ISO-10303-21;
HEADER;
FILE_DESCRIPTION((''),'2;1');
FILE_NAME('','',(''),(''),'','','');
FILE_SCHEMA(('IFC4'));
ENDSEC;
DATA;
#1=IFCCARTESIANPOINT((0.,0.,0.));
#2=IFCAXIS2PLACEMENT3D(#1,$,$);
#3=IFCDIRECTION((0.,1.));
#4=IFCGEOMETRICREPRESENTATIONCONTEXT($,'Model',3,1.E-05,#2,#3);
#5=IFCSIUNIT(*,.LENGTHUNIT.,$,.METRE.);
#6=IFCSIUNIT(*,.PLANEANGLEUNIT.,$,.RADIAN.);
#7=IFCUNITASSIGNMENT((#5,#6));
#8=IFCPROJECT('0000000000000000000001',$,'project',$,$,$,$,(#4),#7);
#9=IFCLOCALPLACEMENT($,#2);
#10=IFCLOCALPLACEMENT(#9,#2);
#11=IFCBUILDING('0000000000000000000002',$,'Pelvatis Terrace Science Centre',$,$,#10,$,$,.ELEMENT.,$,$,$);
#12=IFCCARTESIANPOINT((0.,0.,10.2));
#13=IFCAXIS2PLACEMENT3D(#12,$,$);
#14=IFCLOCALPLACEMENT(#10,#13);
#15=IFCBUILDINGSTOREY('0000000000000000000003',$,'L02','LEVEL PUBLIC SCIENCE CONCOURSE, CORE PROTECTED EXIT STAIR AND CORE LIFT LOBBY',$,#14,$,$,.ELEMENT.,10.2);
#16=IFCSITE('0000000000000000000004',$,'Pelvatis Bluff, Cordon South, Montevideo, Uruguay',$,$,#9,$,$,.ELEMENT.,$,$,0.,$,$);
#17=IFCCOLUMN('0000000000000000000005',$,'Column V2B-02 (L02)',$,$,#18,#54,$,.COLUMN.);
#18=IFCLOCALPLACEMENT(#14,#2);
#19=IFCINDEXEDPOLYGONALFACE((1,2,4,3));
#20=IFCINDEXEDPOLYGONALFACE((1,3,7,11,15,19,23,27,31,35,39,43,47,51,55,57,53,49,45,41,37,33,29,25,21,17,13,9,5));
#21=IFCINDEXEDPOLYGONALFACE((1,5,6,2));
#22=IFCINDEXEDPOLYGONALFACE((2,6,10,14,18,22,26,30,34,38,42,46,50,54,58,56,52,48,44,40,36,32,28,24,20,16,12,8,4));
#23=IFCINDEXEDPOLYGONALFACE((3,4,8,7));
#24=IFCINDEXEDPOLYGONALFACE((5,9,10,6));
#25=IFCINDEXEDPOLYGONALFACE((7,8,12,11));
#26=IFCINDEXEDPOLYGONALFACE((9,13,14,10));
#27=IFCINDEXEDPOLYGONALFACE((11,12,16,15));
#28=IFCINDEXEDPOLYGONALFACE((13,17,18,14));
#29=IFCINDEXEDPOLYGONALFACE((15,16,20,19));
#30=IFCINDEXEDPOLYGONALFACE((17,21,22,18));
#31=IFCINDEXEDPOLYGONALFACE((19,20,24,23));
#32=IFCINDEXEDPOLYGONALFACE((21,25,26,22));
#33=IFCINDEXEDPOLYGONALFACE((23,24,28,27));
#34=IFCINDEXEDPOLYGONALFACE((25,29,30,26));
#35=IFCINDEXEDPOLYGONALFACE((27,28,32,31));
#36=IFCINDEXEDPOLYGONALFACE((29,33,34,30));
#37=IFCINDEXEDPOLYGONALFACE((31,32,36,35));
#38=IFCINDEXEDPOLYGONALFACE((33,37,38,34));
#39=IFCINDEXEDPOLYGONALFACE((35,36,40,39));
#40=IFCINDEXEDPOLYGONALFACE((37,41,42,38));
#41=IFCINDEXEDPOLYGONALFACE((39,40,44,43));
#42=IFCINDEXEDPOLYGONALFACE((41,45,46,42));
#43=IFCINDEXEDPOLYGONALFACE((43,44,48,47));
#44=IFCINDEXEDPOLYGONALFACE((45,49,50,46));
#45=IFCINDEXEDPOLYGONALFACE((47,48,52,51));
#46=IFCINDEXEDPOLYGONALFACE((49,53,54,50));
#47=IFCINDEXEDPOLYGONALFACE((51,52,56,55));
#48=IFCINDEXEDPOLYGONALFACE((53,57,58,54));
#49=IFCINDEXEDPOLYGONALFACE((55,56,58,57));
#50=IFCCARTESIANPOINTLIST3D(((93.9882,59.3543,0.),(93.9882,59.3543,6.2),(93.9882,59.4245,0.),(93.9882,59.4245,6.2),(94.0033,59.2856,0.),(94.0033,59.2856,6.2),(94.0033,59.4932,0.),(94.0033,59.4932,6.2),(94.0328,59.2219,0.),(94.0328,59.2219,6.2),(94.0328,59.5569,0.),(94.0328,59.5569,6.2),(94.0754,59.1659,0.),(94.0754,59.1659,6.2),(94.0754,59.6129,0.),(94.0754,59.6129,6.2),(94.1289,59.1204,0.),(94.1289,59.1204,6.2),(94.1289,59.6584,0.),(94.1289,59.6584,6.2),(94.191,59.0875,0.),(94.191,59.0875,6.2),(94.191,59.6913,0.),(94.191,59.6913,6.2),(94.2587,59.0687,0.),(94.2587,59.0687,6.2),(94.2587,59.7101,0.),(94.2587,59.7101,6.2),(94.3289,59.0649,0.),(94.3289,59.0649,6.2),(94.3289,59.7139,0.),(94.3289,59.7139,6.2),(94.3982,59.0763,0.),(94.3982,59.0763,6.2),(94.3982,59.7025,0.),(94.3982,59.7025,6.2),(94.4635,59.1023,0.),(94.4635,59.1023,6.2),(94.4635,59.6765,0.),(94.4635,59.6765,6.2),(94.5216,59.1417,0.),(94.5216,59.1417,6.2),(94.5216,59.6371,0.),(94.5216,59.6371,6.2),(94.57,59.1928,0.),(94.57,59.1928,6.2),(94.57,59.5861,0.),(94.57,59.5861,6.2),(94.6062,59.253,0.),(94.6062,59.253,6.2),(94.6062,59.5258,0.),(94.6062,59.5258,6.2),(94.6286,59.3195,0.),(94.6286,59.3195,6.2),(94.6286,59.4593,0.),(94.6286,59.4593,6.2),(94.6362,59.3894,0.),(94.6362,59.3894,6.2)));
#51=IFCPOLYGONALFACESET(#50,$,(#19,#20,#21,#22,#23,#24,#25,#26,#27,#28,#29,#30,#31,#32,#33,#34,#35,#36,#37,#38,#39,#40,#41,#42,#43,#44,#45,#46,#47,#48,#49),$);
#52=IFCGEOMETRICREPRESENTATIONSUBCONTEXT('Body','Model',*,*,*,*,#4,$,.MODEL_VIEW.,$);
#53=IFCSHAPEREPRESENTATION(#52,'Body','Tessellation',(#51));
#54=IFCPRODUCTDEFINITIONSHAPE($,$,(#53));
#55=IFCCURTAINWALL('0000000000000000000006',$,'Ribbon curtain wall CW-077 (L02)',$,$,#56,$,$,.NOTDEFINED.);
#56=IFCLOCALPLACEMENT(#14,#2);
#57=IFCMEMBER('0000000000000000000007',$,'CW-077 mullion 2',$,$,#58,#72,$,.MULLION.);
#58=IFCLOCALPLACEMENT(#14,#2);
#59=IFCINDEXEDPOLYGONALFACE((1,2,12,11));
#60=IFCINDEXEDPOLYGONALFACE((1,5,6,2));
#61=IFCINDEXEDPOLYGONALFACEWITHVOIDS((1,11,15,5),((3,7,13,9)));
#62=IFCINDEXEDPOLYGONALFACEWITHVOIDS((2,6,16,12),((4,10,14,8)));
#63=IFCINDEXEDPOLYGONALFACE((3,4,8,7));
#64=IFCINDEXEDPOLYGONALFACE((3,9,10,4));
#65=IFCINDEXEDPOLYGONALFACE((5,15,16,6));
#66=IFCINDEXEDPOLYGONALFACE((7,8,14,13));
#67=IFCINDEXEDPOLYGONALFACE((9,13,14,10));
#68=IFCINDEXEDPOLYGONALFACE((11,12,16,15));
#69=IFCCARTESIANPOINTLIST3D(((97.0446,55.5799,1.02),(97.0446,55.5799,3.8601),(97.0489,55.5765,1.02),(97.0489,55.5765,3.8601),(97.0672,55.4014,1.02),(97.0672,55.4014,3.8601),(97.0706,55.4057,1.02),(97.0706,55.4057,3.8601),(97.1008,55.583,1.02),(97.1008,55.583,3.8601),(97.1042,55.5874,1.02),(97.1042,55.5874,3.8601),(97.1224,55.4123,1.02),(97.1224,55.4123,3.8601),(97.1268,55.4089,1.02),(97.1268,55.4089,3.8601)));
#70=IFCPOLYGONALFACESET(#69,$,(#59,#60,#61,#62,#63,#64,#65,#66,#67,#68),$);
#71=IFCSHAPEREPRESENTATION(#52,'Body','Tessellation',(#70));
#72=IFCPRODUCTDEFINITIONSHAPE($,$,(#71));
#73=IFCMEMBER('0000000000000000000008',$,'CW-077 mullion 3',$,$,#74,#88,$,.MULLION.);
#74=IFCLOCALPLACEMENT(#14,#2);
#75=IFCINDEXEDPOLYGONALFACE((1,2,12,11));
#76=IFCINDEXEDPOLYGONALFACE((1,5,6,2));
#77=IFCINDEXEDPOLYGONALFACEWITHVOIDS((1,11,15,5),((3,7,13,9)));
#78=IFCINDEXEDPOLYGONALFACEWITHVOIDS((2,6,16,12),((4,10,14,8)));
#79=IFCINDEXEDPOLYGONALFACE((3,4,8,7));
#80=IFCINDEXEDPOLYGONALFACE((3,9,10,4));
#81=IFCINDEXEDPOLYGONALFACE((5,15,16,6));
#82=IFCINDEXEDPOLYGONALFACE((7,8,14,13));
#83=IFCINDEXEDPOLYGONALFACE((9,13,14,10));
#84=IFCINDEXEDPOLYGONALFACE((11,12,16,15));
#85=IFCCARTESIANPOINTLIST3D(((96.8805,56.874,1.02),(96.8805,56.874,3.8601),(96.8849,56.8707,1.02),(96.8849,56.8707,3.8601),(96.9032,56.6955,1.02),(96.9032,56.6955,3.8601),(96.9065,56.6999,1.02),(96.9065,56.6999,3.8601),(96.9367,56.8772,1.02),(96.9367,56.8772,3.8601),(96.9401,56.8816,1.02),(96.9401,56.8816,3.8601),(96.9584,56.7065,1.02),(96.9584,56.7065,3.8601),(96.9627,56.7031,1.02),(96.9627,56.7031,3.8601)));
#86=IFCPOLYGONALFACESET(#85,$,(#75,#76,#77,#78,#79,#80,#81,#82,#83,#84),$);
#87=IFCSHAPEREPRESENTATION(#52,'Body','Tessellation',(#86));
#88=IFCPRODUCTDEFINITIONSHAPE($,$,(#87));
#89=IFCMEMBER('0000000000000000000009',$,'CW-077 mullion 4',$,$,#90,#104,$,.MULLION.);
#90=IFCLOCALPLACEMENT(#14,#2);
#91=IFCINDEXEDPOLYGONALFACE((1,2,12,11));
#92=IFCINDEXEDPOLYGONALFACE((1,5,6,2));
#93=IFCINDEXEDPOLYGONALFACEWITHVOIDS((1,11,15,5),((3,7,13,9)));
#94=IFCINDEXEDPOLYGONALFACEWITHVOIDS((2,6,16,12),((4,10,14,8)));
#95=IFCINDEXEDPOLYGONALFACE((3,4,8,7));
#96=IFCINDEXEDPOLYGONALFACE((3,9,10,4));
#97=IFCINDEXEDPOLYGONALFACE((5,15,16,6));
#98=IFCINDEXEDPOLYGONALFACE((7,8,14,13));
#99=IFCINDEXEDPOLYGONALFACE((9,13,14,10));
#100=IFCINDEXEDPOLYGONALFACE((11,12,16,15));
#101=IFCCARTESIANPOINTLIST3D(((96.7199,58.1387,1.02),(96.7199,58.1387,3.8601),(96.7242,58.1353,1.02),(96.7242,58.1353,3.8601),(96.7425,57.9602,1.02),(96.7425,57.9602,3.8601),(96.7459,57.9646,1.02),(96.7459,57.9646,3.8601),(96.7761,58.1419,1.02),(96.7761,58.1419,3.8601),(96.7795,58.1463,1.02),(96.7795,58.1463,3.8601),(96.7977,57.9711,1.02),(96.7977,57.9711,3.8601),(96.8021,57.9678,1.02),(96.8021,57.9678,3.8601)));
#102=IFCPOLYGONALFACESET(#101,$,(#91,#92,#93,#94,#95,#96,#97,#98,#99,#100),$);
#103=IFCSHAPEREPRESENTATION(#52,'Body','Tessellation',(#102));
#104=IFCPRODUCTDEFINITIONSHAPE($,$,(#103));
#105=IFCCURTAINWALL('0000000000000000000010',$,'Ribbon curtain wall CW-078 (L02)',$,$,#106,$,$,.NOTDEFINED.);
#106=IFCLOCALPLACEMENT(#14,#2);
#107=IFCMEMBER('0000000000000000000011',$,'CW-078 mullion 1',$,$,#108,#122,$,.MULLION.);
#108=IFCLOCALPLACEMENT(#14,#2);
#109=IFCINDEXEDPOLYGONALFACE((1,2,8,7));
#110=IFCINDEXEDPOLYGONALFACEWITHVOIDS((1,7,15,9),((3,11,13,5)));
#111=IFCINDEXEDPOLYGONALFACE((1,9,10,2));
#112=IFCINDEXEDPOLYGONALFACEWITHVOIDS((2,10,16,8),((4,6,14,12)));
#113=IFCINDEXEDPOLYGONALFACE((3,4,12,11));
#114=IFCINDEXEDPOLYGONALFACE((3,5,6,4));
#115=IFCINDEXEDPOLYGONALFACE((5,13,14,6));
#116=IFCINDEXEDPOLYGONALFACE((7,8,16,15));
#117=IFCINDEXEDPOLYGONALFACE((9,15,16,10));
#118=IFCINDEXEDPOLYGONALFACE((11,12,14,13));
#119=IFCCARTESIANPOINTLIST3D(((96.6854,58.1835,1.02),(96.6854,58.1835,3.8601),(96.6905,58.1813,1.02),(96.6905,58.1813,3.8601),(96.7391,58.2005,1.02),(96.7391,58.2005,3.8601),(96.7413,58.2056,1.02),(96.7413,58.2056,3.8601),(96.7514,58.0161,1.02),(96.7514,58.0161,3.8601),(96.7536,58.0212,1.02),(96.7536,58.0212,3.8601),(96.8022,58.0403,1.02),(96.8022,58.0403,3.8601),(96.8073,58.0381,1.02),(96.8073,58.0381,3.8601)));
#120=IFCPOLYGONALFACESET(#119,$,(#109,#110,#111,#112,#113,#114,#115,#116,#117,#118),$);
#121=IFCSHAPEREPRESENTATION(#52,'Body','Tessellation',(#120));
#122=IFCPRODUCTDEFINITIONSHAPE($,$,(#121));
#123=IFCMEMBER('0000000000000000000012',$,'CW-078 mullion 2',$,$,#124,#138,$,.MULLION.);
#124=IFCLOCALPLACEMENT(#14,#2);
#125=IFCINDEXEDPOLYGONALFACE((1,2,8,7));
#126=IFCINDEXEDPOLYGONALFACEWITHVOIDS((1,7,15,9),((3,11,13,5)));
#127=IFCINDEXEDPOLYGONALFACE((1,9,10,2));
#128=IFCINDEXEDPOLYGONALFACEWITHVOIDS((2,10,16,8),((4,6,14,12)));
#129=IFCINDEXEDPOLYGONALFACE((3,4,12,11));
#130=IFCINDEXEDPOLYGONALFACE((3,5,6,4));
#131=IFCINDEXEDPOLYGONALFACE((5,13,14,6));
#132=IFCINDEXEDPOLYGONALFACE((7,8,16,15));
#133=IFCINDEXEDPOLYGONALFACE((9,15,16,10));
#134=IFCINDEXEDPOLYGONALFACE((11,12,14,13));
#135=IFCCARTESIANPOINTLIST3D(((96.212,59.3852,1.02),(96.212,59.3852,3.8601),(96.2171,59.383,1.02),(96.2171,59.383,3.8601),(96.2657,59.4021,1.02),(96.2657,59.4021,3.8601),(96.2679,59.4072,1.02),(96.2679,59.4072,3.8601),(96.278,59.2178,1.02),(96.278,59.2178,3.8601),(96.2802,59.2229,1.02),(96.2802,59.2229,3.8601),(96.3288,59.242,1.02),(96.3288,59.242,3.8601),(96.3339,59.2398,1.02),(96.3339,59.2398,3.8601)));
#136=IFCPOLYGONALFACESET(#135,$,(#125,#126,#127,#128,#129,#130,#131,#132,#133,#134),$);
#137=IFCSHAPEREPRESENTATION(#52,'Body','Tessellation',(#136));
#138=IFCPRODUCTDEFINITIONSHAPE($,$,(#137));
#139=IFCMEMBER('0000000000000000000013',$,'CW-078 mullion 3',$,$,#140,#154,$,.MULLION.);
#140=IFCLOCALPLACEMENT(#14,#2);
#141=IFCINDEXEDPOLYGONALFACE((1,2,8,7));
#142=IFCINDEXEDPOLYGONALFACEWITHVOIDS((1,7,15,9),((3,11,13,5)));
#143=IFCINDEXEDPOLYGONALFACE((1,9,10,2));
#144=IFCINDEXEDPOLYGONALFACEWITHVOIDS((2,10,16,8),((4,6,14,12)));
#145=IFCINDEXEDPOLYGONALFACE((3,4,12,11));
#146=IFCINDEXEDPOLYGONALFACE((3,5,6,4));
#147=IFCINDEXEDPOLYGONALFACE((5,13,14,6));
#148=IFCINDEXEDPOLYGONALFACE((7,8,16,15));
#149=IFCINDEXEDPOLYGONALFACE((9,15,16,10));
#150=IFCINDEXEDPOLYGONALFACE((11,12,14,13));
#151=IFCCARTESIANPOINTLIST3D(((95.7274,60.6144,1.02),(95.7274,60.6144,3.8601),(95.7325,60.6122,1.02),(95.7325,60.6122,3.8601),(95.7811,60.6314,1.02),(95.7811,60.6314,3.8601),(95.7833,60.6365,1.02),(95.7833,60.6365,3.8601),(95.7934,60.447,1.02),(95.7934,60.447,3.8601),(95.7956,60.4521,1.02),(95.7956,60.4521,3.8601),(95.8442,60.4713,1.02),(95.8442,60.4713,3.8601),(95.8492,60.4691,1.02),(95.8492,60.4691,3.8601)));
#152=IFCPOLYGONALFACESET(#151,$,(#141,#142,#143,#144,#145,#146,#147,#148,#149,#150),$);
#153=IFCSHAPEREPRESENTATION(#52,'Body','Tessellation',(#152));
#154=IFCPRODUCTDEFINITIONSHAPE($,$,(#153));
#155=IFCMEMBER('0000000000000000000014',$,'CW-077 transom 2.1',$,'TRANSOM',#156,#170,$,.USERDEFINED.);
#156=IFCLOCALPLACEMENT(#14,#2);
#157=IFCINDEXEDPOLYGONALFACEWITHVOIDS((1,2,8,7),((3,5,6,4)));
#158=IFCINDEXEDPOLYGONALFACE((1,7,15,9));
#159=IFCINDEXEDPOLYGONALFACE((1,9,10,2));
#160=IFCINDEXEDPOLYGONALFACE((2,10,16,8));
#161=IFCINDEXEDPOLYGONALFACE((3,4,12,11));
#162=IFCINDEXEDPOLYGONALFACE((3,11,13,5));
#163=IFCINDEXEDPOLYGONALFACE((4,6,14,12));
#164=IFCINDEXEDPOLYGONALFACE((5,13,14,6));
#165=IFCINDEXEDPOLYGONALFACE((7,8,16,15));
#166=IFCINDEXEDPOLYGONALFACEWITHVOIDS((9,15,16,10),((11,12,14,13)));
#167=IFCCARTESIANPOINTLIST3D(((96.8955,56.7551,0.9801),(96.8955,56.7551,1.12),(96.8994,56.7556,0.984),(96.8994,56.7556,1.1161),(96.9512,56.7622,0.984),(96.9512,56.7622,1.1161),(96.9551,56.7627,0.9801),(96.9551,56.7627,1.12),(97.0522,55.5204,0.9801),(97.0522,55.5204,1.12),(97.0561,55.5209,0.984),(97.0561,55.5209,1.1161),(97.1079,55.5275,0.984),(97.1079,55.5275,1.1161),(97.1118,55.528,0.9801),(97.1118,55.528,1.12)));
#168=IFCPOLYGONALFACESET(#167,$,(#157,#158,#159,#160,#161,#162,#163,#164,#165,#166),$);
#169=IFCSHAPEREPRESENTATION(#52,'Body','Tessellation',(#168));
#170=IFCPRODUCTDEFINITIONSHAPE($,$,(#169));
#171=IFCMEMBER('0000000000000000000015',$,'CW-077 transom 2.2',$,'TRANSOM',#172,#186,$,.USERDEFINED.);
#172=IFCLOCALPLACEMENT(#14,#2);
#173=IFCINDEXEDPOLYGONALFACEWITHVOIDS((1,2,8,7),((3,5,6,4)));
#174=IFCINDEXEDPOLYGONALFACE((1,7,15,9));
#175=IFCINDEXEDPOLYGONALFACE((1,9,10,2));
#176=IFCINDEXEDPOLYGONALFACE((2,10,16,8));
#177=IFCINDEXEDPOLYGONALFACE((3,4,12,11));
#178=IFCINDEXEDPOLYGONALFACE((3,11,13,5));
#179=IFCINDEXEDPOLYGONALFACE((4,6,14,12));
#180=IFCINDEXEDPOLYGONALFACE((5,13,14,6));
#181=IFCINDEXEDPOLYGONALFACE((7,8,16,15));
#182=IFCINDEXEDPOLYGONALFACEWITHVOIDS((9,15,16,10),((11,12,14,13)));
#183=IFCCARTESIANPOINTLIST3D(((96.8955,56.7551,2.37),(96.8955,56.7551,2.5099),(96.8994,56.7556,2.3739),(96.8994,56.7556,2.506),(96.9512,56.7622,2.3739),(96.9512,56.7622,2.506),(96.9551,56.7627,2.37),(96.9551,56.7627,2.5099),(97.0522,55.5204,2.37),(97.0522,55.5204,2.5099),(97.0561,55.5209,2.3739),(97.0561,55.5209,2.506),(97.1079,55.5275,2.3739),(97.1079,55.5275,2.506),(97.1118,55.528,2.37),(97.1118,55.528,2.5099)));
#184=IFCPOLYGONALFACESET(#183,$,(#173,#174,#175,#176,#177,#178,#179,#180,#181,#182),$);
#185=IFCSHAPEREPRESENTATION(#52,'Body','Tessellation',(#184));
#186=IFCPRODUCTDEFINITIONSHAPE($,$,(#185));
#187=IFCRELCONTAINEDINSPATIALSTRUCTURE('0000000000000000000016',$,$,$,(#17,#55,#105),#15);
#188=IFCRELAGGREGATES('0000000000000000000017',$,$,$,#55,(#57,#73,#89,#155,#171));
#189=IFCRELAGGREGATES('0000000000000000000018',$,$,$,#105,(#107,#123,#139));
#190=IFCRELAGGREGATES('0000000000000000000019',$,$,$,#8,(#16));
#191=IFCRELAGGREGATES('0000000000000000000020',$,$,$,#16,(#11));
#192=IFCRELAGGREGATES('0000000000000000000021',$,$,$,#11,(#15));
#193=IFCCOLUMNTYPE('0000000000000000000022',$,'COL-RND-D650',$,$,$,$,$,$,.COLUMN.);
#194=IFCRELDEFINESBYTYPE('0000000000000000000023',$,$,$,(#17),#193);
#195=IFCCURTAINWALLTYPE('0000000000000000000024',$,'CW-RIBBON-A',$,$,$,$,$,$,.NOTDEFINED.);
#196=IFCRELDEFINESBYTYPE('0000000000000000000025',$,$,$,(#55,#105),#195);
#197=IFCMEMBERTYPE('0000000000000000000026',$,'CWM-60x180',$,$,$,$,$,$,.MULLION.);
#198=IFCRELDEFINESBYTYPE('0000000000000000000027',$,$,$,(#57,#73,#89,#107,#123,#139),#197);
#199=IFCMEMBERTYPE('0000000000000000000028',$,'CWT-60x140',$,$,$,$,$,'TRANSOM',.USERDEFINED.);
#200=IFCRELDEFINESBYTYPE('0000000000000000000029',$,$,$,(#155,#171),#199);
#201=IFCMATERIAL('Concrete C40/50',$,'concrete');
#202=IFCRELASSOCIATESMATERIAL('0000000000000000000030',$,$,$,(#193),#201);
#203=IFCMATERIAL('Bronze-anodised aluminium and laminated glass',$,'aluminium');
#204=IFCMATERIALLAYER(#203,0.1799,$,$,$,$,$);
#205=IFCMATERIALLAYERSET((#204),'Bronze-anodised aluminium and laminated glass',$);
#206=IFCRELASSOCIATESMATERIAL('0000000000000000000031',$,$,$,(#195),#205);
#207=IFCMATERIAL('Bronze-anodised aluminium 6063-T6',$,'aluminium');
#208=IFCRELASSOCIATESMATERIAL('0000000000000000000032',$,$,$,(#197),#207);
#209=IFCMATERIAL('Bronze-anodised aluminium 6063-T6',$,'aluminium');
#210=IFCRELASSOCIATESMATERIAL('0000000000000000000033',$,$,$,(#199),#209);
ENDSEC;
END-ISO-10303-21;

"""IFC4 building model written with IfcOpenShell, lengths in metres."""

from ifc_helpers import new_model, si_unit, direction, frame, origin, origin_2d, place, context, subcontext, project, spatial, hollow_rectangle, circle, extrude, material, layer, layer_set, material_profile, profile_set, type_object, element, aggregate, save


model = new_model("IFC4")

# Units and contexts
model_context = context("Model", 3, precision=1e-05, world=origin(), true_north=direction((0.0, 1.0)))
body_context = subcontext(model_context, "Body", "Model", "MODEL_VIEW")
ifc_project = project(units=[si_unit("LENGTHUNIT", "METRE"), si_unit("PLANEANGLEUNIT", "RADIAN")], contexts=[model_context])

# Site, building, storey
site_placement = place(None, origin())
site = spatial("IfcSite", under=ifc_project, at=site_placement, Name="Pelvatis Bluff, Cordon South, Montevideo, Uruguay", CompositionType="ELEMENT", RefElevation=0.0)
building_placement = place(site_placement, origin())
building = spatial("IfcBuilding", under=site, at=building_placement, Name="Pelvatis Terrace Science Centre", CompositionType="ELEMENT")
storey_placement = place(building_placement, frame((0.0, 0.0, 10.2)))
storey = spatial("IfcBuildingStorey", under=building, at=storey_placement, Name="L02", Description="LEVEL PUBLIC SCIENCE CONCOURSE, CORE PROTECTED EXIT STAIR AND CORE LIFT LOBBY", CompositionType="ELEMENT", Elevation=10.2)

# Column
ifc_material_1 = material(Name="Concrete C40/50", Category="concrete")
ifc_material_profile_1 = material_profile(ifc_material_1, circle(Radius=0.325, at=origin_2d()), Name="RC-RCOL D650")
ifc_profile_set_1 = profile_set([ifc_material_profile_1], Name="Concrete C40/50")
column_type = type_object("IfcColumnType", Name="COL-RND-D650", PredefinedType="COLUMN", material=ifc_profile_set_1)
column_placement = place(storey_placement, frame((94.3113, 59.3894, 0.0), z_axis=(0.0, 0.0, 1.0), x_axis=(1.0, 0.0, 0.0)))
element("IfcColumn", 1, at=column_placement, inside=storey, type_object=column_type, Name="Column V2B-02 (L02)", PredefinedType="COLUMN", context=body_context, shape_type="SweptSolid", body=[
    extrude(circle(Radius=0.325, at=origin_2d()), origin(), (0.0, 0.0, 1.0), 6.2),
])

# Curtain walls, members
ifc_material_2 = material(Name="Bronze-anodised aluminium and laminated glass", Category="aluminium")
ifc_layer_1 = layer(ifc_material_2, 0.1799)
ifc_layer_set_1 = layer_set([ifc_layer_1], Name="Bronze-anodised aluminium and laminated glass")
curtain_wall_type = type_object("IfcCurtainWallType", Name="CW-RIBBON-A", PredefinedType="NOTDEFINED", material=ifc_layer_set_1)
curtain_wall_1_placement = place(storey_placement, origin())
curtain_wall_1 = element("IfcCurtainWall", 2, at=curtain_wall_1_placement, inside=storey, type_object=curtain_wall_type, Name="Ribbon curtain wall CW-077 (L02)", PredefinedType="NOTDEFINED")
ifc_material_3 = material(Name="Bronze-anodised aluminium 6063-T6", Category="aluminium")
ifc_material_profile_2 = material_profile(ifc_material_3, hollow_rectangle(XDim=0.0601, YDim=0.1799, WallThickness=0.0039, at=origin_2d()), Name="ALU-MUL 60x180")
ifc_profile_set_2 = profile_set([ifc_material_profile_2], Name="Bronze-anodised aluminium 6063-T6")
member_type_1 = type_object("IfcMemberType", Name="CWM-60x180", PredefinedType="MULLION", material=ifc_profile_set_2)
member_1_placement = place(storey_placement, frame((97.0857, 55.4944, 1.02), z_axis=(0.0, 0.0, 1.0), x_axis=(-0.992046, -0.125877, 0.0)))
member_1 = element("IfcMember", 3, at=member_1_placement, type_object=member_type_1, Name="CW-077 mullion 2", PredefinedType="MULLION", context=body_context, shape_type="SweptSolid", body=[
    extrude(hollow_rectangle(XDim=0.0601, YDim=0.1799, WallThickness=0.0039, at=origin_2d()), origin(), (0.0, 0.0, 1.0), 2.8401),
])
member_2_placement = place(storey_placement, frame((96.9216, 56.7886, 1.02), z_axis=(0.0, 0.0, 1.0), x_axis=(-0.992046, -0.125877, 0.0)))
member_2 = element("IfcMember", 4, at=member_2_placement, type_object=member_type_1, Name="CW-077 mullion 3", PredefinedType="MULLION", context=body_context, shape_type="SweptSolid", body=[
    extrude(hollow_rectangle(XDim=0.0601, YDim=0.1799, WallThickness=0.0039, at=origin_2d()), origin(), (0.0, 0.0, 1.0), 2.8401),
])
member_3_placement = place(storey_placement, frame((96.761, 58.0532, 1.02), z_axis=(0.0, 0.0, 1.0), x_axis=(-0.992046, -0.125877, 0.0)))
member_3 = element("IfcMember", 5, at=member_3_placement, type_object=member_type_1, Name="CW-077 mullion 4", PredefinedType="MULLION", context=body_context, shape_type="SweptSolid", body=[
    extrude(hollow_rectangle(XDim=0.0601, YDim=0.1799, WallThickness=0.0039, at=origin_2d()), origin(), (0.0, 0.0, 1.0), 2.8401),
])
curtain_wall_2_placement = place(storey_placement, origin())
curtain_wall_2 = element("IfcCurtainWall", 6, at=curtain_wall_2_placement, inside=storey, type_object=curtain_wall_type, Name="Ribbon curtain wall CW-078 (L02)", PredefinedType="NOTDEFINED")
member_4_placement = place(storey_placement, frame((96.7463, 58.1108, 1.02), z_axis=(0.0, 0.0, 1.0), x_axis=(-0.93038, -0.366597, 0.0)))
member_4 = element("IfcMember", 7, at=member_4_placement, type_object=member_type_1, Name="CW-078 mullion 1", PredefinedType="MULLION", context=body_context, shape_type="SweptSolid", body=[
    extrude(hollow_rectangle(XDim=0.0601, YDim=0.1799, WallThickness=0.0039, at=origin_2d()), origin(), (0.0, 0.0, 1.0), 2.8401),
])
member_5_placement = place(storey_placement, frame((96.2729, 59.3125, 1.02), z_axis=(0.0, 0.0, 1.0), x_axis=(-0.93038, -0.366597, 0.0)))
member_5 = element("IfcMember", 8, at=member_5_placement, type_object=member_type_1, Name="CW-078 mullion 2", PredefinedType="MULLION", context=body_context, shape_type="SweptSolid", body=[
    extrude(hollow_rectangle(XDim=0.0601, YDim=0.1799, WallThickness=0.0039, at=origin_2d()), origin(), (0.0, 0.0, 1.0), 2.8401),
])
member_6_placement = place(storey_placement, frame((95.7883, 60.5417, 1.02), z_axis=(0.0, 0.0, 1.0), x_axis=(-0.93038, -0.366597, 0.0)))
member_6 = element("IfcMember", 9, at=member_6_placement, type_object=member_type_1, Name="CW-078 mullion 3", PredefinedType="MULLION", context=body_context, shape_type="SweptSolid", body=[
    extrude(hollow_rectangle(XDim=0.0601, YDim=0.1799, WallThickness=0.0039, at=origin_2d()), origin(), (0.0, 0.0, 1.0), 2.8401),
])

# Members
ifc_material_4 = material(Name="Bronze-anodised aluminium 6063-T6", Category="aluminium")
ifc_material_profile_3 = material_profile(ifc_material_4, hollow_rectangle(XDim=0.0601, YDim=0.1399, WallThickness=0.0039, at=origin_2d()), Name="ALU-TRN 60x140")
ifc_profile_set_3 = profile_set([ifc_material_profile_3], Name="Bronze-anodised aluminium 6063-T6")
member_type_2 = type_object("IfcMemberType", Name="CWT-60x140", ElementType="TRANSOM", PredefinedType="USERDEFINED", material=ifc_profile_set_3)
member_7_placement = place(storey_placement, frame((97.082, 55.5242, 1.05), z_axis=(-0.125942, 0.992038, 0.0), x_axis=(-0.992038, -0.125942, 0.0)))
member_7 = element("IfcMember", 10, at=member_7_placement, type_object=member_type_2, Name="CW-077 transom 2.1", ObjectType="TRANSOM", PredefinedType="USERDEFINED", context=body_context, shape_type="SweptSolid", body=[
    extrude(hollow_rectangle(XDim=0.0601, YDim=0.1399, WallThickness=0.0039, at=origin_2d()), origin(), (0.0, 0.0, 1.0), 1.2446),
])
member_8_placement = place(storey_placement, frame((97.082, 55.5242, 2.4399), z_axis=(-0.125942, 0.992038, 0.0), x_axis=(-0.992038, -0.125942, 0.0)))
member_8 = element("IfcMember", 11, at=member_8_placement, type_object=member_type_2, Name="CW-077 transom 2.2", ObjectType="TRANSOM", PredefinedType="USERDEFINED", context=body_context, shape_type="SweptSolid", body=[
    extrude(hollow_rectangle(XDim=0.0601, YDim=0.1399, WallThickness=0.0039, at=origin_2d()), origin(), (0.0, 0.0, 1.0), 1.2446),
])

aggregate(curtain_wall_1, [member_1, member_2, member_3, member_7, member_8])
aggregate(curtain_wall_2, [member_4, member_5, member_6])

save(model, "model.ifc")
